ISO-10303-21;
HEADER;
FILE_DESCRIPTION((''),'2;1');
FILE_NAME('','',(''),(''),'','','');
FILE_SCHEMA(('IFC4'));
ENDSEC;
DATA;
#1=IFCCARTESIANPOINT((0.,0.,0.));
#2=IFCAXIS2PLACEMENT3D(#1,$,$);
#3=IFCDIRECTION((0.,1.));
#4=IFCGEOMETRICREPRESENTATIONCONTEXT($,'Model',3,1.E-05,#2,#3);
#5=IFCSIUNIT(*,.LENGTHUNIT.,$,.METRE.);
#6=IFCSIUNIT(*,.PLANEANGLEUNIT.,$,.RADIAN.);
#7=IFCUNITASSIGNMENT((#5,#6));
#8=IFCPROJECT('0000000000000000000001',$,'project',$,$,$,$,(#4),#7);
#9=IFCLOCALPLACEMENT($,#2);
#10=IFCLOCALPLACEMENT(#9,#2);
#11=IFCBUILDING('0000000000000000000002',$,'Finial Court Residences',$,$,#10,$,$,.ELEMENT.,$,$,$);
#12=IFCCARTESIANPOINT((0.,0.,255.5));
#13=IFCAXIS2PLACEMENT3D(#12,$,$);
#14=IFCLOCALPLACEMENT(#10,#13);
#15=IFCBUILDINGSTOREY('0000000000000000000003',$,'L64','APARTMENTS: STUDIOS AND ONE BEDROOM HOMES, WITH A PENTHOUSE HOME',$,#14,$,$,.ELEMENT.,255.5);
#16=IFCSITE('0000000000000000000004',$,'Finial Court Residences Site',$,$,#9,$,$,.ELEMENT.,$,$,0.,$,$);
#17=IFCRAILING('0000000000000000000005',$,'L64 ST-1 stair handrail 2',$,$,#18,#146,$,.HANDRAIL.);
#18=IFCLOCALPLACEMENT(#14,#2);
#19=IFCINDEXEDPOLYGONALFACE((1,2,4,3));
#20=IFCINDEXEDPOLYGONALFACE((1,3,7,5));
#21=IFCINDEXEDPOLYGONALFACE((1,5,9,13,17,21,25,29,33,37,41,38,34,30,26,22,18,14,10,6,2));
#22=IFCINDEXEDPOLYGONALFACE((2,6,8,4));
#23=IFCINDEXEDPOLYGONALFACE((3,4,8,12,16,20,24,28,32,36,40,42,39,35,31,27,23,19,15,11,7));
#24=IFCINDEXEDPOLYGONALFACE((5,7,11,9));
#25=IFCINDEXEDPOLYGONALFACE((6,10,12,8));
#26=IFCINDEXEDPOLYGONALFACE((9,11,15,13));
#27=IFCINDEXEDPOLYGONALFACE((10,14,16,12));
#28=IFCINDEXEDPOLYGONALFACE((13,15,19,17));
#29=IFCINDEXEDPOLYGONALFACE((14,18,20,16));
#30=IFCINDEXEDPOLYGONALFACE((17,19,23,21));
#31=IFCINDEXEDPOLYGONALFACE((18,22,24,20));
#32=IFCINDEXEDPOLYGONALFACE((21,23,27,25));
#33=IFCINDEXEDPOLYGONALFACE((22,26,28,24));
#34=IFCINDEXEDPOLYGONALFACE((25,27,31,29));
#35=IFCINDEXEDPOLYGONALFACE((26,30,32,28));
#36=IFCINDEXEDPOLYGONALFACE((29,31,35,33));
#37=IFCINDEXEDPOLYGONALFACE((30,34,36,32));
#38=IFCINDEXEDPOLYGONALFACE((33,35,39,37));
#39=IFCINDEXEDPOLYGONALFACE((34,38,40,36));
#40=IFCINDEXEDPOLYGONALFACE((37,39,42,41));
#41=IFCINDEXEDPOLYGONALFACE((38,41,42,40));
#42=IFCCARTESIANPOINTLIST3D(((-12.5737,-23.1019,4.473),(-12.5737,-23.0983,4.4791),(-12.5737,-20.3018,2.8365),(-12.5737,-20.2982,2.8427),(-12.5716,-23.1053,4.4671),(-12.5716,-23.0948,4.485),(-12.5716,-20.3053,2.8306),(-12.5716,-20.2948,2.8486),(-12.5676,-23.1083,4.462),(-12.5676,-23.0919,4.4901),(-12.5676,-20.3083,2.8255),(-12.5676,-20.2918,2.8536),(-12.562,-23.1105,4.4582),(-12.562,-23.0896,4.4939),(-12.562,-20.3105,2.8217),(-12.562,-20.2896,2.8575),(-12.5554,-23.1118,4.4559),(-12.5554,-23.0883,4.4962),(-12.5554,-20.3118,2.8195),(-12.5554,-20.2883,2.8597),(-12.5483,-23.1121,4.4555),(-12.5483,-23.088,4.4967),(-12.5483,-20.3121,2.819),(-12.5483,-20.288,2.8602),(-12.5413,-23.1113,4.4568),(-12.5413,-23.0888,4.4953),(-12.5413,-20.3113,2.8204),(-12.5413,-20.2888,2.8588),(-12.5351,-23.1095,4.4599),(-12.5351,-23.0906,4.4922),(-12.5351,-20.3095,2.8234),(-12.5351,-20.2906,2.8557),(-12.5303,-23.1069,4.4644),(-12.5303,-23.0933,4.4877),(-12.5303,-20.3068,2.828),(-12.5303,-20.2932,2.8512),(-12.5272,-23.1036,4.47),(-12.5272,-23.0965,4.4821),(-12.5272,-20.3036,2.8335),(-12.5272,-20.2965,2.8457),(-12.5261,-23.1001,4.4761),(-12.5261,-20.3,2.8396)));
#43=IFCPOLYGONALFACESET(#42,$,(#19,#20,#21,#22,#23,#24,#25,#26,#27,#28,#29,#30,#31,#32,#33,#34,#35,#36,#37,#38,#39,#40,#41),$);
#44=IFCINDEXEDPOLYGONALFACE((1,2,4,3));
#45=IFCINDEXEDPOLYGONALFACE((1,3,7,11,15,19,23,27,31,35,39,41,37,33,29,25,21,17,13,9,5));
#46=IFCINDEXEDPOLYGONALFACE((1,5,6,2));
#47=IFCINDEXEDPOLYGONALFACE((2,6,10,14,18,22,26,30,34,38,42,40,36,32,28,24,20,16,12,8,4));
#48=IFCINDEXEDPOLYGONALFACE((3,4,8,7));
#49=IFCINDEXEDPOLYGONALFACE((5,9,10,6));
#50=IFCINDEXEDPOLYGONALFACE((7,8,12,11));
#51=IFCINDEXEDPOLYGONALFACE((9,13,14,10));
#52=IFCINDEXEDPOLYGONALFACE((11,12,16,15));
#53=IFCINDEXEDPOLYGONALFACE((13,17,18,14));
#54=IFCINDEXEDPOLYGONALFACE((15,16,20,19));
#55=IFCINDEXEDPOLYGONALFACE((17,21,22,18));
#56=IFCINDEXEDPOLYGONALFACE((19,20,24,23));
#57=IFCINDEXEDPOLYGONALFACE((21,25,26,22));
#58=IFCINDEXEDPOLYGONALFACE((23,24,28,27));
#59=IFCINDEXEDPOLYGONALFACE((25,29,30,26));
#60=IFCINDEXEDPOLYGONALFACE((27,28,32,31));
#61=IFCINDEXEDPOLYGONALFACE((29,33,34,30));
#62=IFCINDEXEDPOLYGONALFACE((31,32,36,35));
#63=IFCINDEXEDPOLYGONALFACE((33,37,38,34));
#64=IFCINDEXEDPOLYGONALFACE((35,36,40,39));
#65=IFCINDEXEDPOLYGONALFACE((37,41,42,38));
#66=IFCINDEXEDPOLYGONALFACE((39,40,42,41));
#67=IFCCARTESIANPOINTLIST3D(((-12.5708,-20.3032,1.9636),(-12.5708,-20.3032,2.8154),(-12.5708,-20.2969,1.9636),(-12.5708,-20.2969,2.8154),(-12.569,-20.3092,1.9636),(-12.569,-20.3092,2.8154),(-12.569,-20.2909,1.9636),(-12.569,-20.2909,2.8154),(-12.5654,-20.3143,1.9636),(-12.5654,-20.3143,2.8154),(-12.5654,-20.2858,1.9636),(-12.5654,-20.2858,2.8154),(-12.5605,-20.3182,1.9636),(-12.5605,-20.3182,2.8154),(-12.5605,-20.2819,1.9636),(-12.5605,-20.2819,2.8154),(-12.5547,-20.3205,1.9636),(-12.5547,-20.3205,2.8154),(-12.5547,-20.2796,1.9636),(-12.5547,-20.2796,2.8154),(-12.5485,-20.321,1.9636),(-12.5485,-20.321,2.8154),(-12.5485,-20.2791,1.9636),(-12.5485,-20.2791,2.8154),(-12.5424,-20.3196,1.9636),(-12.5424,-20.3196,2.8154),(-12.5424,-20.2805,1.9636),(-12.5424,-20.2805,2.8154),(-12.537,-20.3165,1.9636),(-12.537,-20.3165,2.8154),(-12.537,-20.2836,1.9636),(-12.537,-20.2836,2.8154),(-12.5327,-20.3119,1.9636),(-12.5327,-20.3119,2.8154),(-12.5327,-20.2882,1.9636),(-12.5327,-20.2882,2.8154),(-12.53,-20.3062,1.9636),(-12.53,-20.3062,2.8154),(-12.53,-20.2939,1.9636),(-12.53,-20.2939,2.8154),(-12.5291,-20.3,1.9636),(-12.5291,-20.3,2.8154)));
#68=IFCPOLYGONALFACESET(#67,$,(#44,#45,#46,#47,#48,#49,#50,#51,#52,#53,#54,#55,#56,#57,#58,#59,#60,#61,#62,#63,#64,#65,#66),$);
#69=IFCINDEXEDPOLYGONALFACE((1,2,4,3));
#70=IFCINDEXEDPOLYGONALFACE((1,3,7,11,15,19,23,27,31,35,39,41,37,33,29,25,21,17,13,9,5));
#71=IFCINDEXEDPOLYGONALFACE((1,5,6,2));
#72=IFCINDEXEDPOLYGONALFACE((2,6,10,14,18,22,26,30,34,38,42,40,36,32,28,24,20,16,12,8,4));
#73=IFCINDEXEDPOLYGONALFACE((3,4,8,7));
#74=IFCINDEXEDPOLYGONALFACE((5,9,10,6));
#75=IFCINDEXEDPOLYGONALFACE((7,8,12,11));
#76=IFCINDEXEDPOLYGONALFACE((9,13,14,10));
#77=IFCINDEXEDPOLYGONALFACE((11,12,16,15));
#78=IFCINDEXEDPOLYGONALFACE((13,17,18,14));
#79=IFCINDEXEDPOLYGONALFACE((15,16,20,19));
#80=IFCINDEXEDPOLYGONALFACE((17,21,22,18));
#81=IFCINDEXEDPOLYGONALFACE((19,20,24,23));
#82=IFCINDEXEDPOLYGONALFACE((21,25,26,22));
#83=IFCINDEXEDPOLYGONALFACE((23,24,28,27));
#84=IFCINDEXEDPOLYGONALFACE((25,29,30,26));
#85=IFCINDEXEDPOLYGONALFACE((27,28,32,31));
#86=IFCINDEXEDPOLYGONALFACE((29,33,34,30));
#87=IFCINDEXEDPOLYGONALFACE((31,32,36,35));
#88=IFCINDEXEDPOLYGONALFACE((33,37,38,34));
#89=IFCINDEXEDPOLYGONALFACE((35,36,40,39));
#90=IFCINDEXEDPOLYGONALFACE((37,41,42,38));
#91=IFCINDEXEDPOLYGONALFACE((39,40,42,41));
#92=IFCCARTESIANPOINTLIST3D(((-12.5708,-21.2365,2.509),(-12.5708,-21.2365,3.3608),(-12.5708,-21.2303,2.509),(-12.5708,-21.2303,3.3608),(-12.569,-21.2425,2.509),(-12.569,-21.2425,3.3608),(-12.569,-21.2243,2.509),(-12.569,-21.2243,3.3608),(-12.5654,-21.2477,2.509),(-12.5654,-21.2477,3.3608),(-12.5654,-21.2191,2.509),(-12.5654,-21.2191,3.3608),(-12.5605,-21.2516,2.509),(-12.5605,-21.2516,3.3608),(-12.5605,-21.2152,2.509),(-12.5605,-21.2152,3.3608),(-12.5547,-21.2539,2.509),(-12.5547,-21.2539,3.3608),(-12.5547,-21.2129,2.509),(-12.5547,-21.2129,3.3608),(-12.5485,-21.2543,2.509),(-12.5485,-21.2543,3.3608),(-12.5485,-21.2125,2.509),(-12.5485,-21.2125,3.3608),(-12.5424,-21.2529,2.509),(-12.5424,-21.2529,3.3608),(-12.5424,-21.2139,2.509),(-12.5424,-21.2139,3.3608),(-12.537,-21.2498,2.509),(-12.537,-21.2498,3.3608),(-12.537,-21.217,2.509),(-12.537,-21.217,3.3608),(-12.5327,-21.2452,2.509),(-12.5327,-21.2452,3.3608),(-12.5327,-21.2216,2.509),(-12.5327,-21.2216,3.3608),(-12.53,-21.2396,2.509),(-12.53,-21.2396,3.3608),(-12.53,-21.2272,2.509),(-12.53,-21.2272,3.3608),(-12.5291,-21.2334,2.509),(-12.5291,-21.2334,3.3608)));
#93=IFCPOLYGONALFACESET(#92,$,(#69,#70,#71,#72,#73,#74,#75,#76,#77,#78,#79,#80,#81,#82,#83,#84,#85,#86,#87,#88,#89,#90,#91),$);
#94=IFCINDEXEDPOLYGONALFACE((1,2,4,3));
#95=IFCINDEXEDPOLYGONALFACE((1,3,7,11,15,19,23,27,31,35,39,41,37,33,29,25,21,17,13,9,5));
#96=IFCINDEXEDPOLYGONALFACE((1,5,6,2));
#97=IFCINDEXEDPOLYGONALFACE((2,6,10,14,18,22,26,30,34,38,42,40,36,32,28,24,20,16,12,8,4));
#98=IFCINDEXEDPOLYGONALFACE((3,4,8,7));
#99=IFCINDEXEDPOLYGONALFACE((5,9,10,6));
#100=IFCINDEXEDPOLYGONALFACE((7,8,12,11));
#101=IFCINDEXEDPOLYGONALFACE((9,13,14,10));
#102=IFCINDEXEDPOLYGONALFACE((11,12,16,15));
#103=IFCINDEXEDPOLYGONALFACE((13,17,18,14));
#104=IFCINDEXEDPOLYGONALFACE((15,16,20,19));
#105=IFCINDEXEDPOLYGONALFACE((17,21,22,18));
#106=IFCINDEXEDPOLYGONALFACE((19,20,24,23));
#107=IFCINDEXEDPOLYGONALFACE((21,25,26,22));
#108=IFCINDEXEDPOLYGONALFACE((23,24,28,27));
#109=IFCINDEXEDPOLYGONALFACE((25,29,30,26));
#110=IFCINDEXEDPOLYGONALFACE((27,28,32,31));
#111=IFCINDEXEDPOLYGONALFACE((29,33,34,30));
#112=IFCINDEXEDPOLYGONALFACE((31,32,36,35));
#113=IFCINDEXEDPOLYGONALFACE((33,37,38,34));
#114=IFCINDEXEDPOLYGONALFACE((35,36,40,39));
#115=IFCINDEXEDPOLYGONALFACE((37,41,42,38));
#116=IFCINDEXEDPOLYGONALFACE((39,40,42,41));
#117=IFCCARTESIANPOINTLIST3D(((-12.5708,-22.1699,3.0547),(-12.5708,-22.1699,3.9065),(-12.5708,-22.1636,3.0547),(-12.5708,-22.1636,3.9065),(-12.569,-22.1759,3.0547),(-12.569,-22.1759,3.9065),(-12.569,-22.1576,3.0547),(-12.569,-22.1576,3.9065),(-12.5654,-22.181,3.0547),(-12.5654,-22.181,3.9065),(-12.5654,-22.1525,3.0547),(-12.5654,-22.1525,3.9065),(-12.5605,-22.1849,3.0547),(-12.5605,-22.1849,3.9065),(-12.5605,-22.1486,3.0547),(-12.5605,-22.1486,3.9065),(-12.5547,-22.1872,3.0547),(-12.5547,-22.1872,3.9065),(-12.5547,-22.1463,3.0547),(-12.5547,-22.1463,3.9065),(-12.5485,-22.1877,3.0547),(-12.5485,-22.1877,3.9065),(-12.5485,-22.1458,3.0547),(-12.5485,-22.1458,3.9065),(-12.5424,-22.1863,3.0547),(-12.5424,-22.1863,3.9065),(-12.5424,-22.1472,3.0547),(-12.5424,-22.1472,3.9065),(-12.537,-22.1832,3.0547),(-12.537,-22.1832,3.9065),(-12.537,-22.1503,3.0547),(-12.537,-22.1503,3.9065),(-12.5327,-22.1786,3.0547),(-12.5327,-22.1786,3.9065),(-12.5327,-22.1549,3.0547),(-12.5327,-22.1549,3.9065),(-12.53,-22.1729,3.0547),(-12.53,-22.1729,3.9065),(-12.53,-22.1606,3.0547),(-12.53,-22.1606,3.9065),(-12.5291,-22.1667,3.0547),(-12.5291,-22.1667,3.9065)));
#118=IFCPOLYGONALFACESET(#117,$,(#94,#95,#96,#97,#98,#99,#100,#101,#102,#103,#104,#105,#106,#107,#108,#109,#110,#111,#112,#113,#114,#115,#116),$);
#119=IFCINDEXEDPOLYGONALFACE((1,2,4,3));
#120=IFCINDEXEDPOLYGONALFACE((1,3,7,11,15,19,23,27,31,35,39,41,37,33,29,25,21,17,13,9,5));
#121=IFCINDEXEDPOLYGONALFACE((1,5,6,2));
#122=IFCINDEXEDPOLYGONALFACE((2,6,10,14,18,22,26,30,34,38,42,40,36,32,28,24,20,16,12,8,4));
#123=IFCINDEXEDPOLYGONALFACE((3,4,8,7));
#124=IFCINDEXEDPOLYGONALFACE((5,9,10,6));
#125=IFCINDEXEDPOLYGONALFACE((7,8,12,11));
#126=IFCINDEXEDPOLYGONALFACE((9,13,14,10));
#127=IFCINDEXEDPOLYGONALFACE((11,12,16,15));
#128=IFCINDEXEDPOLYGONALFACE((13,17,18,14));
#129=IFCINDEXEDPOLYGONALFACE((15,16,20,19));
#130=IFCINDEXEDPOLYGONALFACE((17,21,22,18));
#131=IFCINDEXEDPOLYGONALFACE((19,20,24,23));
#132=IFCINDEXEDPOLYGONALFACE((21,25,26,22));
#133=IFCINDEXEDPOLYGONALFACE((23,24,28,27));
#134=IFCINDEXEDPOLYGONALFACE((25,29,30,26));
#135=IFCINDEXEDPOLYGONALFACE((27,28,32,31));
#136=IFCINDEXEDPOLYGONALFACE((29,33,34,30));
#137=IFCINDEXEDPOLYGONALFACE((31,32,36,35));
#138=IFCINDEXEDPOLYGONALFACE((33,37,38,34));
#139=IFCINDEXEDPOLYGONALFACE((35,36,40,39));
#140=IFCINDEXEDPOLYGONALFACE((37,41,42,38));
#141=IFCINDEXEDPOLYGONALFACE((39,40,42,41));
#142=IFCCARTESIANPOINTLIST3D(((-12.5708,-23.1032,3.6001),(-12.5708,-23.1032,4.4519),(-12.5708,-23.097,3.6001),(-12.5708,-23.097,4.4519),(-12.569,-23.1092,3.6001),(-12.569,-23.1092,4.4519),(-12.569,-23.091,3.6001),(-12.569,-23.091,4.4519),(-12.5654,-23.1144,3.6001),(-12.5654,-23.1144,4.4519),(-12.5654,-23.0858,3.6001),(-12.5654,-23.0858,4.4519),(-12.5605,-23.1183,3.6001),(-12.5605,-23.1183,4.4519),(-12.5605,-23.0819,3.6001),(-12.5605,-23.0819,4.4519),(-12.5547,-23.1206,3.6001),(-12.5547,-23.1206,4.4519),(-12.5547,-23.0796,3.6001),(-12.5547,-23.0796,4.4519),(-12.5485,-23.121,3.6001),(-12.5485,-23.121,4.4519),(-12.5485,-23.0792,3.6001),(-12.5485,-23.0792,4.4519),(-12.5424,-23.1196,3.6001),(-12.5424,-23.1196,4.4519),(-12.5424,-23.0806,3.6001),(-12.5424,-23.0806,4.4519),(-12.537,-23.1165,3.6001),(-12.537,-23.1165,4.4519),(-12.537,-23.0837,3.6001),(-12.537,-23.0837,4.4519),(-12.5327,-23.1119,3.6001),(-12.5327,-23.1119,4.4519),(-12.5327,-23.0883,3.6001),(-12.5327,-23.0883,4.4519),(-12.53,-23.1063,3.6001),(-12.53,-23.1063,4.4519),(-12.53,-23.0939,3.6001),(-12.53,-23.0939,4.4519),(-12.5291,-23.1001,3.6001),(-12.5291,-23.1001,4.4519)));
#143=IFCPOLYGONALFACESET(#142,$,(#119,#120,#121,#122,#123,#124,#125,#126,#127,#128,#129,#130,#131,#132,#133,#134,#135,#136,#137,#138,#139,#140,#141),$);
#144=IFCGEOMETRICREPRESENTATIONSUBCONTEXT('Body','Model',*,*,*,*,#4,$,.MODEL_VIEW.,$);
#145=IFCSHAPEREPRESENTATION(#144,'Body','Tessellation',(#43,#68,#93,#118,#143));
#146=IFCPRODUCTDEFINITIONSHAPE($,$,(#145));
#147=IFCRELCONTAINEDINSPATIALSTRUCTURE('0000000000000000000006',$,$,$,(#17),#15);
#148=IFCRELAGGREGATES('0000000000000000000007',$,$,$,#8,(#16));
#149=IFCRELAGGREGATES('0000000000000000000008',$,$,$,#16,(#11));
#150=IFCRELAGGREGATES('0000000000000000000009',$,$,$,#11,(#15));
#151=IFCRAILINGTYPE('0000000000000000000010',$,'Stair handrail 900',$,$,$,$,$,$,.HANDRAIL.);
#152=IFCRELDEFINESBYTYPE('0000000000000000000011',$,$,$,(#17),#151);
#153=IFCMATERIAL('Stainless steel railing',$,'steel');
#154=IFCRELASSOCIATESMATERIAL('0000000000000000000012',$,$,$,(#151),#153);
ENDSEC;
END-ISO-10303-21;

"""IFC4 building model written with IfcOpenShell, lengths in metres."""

from ifc_helpers import new_model, si_unit, direction, frame, origin, origin_2d, place, context, subcontext, project, spatial, circle, extrude, material, type_object, element, save


model = new_model("IFC4")

# Units and contexts
model_context = context("Model", 3, precision=1e-05, world=origin(), true_north=direction((0.0, 1.0)))
body_context = subcontext(model_context, "Body", "Model", "MODEL_VIEW")
ifc_project = project(units=[si_unit("LENGTHUNIT", "METRE"), si_unit("PLANEANGLEUNIT", "RADIAN")], contexts=[model_context])

# Site, building, storey
site_placement = place(None, origin())
site = spatial("IfcSite", under=ifc_project, at=site_placement, Name="Finial Court Residences Site", CompositionType="ELEMENT", RefElevation=0.0)
building_placement = place(site_placement, origin())
building = spatial("IfcBuilding", under=site, at=building_placement, Name="Finial Court Residences", CompositionType="ELEMENT")
storey_placement = place(building_placement, frame((0.0, 0.0, 255.5)))
storey = spatial("IfcBuildingStorey", under=building, at=storey_placement, Name="L64", Description="APARTMENTS: STUDIOS AND ONE BEDROOM HOMES, WITH A PENTHOUSE HOME", CompositionType="ELEMENT", Elevation=255.5)

# Railing
ifc_material_1 = material(Name="Stainless steel railing", Category="steel")
railing_type_1 = type_object("IfcRailingType", Name="Stair handrail 900", PredefinedType="HANDRAIL", material=ifc_material_1)
railing_1_placement = place(storey_placement, frame((-12.55, -20.3, 1.9636)))
element("IfcRailing", 1, at=railing_1_placement, inside=storey, type_object=railing_type_1, Name="L64 ST-1 stair handrail 2", PredefinedType="HANDRAIL", context=body_context, shape_type="SweptSolid", body=[
    extrude(circle(Radius=0.0239, at=origin_2d()), frame((0.0, 0.0, 0.876), z_axis=(0.0, -0.863361, 0.504587), x_axis=(1.0, 0.0, 0.0)), (0.0, 0.0, 1.0), 3.2432),
    extrude(circle(Radius=0.021, at=origin_2d()), origin(), (0.0, 0.0, 1.0), 0.8518),
    extrude(circle(Radius=0.021, at=origin_2d()), frame((0.0, -0.9333, 0.5454)), (0.0, 0.0, 1.0), 0.8518),
    extrude(circle(Radius=0.021, at=origin_2d()), frame((0.0, -1.8667, 1.0911)), (0.0, 0.0, 1.0), 0.8518),
    extrude(circle(Radius=0.021, at=origin_2d()), frame((0.0, -2.8, 1.6365)), (0.0, 0.0, 1.0), 0.8518),
])

save(model, "model.ifc")
